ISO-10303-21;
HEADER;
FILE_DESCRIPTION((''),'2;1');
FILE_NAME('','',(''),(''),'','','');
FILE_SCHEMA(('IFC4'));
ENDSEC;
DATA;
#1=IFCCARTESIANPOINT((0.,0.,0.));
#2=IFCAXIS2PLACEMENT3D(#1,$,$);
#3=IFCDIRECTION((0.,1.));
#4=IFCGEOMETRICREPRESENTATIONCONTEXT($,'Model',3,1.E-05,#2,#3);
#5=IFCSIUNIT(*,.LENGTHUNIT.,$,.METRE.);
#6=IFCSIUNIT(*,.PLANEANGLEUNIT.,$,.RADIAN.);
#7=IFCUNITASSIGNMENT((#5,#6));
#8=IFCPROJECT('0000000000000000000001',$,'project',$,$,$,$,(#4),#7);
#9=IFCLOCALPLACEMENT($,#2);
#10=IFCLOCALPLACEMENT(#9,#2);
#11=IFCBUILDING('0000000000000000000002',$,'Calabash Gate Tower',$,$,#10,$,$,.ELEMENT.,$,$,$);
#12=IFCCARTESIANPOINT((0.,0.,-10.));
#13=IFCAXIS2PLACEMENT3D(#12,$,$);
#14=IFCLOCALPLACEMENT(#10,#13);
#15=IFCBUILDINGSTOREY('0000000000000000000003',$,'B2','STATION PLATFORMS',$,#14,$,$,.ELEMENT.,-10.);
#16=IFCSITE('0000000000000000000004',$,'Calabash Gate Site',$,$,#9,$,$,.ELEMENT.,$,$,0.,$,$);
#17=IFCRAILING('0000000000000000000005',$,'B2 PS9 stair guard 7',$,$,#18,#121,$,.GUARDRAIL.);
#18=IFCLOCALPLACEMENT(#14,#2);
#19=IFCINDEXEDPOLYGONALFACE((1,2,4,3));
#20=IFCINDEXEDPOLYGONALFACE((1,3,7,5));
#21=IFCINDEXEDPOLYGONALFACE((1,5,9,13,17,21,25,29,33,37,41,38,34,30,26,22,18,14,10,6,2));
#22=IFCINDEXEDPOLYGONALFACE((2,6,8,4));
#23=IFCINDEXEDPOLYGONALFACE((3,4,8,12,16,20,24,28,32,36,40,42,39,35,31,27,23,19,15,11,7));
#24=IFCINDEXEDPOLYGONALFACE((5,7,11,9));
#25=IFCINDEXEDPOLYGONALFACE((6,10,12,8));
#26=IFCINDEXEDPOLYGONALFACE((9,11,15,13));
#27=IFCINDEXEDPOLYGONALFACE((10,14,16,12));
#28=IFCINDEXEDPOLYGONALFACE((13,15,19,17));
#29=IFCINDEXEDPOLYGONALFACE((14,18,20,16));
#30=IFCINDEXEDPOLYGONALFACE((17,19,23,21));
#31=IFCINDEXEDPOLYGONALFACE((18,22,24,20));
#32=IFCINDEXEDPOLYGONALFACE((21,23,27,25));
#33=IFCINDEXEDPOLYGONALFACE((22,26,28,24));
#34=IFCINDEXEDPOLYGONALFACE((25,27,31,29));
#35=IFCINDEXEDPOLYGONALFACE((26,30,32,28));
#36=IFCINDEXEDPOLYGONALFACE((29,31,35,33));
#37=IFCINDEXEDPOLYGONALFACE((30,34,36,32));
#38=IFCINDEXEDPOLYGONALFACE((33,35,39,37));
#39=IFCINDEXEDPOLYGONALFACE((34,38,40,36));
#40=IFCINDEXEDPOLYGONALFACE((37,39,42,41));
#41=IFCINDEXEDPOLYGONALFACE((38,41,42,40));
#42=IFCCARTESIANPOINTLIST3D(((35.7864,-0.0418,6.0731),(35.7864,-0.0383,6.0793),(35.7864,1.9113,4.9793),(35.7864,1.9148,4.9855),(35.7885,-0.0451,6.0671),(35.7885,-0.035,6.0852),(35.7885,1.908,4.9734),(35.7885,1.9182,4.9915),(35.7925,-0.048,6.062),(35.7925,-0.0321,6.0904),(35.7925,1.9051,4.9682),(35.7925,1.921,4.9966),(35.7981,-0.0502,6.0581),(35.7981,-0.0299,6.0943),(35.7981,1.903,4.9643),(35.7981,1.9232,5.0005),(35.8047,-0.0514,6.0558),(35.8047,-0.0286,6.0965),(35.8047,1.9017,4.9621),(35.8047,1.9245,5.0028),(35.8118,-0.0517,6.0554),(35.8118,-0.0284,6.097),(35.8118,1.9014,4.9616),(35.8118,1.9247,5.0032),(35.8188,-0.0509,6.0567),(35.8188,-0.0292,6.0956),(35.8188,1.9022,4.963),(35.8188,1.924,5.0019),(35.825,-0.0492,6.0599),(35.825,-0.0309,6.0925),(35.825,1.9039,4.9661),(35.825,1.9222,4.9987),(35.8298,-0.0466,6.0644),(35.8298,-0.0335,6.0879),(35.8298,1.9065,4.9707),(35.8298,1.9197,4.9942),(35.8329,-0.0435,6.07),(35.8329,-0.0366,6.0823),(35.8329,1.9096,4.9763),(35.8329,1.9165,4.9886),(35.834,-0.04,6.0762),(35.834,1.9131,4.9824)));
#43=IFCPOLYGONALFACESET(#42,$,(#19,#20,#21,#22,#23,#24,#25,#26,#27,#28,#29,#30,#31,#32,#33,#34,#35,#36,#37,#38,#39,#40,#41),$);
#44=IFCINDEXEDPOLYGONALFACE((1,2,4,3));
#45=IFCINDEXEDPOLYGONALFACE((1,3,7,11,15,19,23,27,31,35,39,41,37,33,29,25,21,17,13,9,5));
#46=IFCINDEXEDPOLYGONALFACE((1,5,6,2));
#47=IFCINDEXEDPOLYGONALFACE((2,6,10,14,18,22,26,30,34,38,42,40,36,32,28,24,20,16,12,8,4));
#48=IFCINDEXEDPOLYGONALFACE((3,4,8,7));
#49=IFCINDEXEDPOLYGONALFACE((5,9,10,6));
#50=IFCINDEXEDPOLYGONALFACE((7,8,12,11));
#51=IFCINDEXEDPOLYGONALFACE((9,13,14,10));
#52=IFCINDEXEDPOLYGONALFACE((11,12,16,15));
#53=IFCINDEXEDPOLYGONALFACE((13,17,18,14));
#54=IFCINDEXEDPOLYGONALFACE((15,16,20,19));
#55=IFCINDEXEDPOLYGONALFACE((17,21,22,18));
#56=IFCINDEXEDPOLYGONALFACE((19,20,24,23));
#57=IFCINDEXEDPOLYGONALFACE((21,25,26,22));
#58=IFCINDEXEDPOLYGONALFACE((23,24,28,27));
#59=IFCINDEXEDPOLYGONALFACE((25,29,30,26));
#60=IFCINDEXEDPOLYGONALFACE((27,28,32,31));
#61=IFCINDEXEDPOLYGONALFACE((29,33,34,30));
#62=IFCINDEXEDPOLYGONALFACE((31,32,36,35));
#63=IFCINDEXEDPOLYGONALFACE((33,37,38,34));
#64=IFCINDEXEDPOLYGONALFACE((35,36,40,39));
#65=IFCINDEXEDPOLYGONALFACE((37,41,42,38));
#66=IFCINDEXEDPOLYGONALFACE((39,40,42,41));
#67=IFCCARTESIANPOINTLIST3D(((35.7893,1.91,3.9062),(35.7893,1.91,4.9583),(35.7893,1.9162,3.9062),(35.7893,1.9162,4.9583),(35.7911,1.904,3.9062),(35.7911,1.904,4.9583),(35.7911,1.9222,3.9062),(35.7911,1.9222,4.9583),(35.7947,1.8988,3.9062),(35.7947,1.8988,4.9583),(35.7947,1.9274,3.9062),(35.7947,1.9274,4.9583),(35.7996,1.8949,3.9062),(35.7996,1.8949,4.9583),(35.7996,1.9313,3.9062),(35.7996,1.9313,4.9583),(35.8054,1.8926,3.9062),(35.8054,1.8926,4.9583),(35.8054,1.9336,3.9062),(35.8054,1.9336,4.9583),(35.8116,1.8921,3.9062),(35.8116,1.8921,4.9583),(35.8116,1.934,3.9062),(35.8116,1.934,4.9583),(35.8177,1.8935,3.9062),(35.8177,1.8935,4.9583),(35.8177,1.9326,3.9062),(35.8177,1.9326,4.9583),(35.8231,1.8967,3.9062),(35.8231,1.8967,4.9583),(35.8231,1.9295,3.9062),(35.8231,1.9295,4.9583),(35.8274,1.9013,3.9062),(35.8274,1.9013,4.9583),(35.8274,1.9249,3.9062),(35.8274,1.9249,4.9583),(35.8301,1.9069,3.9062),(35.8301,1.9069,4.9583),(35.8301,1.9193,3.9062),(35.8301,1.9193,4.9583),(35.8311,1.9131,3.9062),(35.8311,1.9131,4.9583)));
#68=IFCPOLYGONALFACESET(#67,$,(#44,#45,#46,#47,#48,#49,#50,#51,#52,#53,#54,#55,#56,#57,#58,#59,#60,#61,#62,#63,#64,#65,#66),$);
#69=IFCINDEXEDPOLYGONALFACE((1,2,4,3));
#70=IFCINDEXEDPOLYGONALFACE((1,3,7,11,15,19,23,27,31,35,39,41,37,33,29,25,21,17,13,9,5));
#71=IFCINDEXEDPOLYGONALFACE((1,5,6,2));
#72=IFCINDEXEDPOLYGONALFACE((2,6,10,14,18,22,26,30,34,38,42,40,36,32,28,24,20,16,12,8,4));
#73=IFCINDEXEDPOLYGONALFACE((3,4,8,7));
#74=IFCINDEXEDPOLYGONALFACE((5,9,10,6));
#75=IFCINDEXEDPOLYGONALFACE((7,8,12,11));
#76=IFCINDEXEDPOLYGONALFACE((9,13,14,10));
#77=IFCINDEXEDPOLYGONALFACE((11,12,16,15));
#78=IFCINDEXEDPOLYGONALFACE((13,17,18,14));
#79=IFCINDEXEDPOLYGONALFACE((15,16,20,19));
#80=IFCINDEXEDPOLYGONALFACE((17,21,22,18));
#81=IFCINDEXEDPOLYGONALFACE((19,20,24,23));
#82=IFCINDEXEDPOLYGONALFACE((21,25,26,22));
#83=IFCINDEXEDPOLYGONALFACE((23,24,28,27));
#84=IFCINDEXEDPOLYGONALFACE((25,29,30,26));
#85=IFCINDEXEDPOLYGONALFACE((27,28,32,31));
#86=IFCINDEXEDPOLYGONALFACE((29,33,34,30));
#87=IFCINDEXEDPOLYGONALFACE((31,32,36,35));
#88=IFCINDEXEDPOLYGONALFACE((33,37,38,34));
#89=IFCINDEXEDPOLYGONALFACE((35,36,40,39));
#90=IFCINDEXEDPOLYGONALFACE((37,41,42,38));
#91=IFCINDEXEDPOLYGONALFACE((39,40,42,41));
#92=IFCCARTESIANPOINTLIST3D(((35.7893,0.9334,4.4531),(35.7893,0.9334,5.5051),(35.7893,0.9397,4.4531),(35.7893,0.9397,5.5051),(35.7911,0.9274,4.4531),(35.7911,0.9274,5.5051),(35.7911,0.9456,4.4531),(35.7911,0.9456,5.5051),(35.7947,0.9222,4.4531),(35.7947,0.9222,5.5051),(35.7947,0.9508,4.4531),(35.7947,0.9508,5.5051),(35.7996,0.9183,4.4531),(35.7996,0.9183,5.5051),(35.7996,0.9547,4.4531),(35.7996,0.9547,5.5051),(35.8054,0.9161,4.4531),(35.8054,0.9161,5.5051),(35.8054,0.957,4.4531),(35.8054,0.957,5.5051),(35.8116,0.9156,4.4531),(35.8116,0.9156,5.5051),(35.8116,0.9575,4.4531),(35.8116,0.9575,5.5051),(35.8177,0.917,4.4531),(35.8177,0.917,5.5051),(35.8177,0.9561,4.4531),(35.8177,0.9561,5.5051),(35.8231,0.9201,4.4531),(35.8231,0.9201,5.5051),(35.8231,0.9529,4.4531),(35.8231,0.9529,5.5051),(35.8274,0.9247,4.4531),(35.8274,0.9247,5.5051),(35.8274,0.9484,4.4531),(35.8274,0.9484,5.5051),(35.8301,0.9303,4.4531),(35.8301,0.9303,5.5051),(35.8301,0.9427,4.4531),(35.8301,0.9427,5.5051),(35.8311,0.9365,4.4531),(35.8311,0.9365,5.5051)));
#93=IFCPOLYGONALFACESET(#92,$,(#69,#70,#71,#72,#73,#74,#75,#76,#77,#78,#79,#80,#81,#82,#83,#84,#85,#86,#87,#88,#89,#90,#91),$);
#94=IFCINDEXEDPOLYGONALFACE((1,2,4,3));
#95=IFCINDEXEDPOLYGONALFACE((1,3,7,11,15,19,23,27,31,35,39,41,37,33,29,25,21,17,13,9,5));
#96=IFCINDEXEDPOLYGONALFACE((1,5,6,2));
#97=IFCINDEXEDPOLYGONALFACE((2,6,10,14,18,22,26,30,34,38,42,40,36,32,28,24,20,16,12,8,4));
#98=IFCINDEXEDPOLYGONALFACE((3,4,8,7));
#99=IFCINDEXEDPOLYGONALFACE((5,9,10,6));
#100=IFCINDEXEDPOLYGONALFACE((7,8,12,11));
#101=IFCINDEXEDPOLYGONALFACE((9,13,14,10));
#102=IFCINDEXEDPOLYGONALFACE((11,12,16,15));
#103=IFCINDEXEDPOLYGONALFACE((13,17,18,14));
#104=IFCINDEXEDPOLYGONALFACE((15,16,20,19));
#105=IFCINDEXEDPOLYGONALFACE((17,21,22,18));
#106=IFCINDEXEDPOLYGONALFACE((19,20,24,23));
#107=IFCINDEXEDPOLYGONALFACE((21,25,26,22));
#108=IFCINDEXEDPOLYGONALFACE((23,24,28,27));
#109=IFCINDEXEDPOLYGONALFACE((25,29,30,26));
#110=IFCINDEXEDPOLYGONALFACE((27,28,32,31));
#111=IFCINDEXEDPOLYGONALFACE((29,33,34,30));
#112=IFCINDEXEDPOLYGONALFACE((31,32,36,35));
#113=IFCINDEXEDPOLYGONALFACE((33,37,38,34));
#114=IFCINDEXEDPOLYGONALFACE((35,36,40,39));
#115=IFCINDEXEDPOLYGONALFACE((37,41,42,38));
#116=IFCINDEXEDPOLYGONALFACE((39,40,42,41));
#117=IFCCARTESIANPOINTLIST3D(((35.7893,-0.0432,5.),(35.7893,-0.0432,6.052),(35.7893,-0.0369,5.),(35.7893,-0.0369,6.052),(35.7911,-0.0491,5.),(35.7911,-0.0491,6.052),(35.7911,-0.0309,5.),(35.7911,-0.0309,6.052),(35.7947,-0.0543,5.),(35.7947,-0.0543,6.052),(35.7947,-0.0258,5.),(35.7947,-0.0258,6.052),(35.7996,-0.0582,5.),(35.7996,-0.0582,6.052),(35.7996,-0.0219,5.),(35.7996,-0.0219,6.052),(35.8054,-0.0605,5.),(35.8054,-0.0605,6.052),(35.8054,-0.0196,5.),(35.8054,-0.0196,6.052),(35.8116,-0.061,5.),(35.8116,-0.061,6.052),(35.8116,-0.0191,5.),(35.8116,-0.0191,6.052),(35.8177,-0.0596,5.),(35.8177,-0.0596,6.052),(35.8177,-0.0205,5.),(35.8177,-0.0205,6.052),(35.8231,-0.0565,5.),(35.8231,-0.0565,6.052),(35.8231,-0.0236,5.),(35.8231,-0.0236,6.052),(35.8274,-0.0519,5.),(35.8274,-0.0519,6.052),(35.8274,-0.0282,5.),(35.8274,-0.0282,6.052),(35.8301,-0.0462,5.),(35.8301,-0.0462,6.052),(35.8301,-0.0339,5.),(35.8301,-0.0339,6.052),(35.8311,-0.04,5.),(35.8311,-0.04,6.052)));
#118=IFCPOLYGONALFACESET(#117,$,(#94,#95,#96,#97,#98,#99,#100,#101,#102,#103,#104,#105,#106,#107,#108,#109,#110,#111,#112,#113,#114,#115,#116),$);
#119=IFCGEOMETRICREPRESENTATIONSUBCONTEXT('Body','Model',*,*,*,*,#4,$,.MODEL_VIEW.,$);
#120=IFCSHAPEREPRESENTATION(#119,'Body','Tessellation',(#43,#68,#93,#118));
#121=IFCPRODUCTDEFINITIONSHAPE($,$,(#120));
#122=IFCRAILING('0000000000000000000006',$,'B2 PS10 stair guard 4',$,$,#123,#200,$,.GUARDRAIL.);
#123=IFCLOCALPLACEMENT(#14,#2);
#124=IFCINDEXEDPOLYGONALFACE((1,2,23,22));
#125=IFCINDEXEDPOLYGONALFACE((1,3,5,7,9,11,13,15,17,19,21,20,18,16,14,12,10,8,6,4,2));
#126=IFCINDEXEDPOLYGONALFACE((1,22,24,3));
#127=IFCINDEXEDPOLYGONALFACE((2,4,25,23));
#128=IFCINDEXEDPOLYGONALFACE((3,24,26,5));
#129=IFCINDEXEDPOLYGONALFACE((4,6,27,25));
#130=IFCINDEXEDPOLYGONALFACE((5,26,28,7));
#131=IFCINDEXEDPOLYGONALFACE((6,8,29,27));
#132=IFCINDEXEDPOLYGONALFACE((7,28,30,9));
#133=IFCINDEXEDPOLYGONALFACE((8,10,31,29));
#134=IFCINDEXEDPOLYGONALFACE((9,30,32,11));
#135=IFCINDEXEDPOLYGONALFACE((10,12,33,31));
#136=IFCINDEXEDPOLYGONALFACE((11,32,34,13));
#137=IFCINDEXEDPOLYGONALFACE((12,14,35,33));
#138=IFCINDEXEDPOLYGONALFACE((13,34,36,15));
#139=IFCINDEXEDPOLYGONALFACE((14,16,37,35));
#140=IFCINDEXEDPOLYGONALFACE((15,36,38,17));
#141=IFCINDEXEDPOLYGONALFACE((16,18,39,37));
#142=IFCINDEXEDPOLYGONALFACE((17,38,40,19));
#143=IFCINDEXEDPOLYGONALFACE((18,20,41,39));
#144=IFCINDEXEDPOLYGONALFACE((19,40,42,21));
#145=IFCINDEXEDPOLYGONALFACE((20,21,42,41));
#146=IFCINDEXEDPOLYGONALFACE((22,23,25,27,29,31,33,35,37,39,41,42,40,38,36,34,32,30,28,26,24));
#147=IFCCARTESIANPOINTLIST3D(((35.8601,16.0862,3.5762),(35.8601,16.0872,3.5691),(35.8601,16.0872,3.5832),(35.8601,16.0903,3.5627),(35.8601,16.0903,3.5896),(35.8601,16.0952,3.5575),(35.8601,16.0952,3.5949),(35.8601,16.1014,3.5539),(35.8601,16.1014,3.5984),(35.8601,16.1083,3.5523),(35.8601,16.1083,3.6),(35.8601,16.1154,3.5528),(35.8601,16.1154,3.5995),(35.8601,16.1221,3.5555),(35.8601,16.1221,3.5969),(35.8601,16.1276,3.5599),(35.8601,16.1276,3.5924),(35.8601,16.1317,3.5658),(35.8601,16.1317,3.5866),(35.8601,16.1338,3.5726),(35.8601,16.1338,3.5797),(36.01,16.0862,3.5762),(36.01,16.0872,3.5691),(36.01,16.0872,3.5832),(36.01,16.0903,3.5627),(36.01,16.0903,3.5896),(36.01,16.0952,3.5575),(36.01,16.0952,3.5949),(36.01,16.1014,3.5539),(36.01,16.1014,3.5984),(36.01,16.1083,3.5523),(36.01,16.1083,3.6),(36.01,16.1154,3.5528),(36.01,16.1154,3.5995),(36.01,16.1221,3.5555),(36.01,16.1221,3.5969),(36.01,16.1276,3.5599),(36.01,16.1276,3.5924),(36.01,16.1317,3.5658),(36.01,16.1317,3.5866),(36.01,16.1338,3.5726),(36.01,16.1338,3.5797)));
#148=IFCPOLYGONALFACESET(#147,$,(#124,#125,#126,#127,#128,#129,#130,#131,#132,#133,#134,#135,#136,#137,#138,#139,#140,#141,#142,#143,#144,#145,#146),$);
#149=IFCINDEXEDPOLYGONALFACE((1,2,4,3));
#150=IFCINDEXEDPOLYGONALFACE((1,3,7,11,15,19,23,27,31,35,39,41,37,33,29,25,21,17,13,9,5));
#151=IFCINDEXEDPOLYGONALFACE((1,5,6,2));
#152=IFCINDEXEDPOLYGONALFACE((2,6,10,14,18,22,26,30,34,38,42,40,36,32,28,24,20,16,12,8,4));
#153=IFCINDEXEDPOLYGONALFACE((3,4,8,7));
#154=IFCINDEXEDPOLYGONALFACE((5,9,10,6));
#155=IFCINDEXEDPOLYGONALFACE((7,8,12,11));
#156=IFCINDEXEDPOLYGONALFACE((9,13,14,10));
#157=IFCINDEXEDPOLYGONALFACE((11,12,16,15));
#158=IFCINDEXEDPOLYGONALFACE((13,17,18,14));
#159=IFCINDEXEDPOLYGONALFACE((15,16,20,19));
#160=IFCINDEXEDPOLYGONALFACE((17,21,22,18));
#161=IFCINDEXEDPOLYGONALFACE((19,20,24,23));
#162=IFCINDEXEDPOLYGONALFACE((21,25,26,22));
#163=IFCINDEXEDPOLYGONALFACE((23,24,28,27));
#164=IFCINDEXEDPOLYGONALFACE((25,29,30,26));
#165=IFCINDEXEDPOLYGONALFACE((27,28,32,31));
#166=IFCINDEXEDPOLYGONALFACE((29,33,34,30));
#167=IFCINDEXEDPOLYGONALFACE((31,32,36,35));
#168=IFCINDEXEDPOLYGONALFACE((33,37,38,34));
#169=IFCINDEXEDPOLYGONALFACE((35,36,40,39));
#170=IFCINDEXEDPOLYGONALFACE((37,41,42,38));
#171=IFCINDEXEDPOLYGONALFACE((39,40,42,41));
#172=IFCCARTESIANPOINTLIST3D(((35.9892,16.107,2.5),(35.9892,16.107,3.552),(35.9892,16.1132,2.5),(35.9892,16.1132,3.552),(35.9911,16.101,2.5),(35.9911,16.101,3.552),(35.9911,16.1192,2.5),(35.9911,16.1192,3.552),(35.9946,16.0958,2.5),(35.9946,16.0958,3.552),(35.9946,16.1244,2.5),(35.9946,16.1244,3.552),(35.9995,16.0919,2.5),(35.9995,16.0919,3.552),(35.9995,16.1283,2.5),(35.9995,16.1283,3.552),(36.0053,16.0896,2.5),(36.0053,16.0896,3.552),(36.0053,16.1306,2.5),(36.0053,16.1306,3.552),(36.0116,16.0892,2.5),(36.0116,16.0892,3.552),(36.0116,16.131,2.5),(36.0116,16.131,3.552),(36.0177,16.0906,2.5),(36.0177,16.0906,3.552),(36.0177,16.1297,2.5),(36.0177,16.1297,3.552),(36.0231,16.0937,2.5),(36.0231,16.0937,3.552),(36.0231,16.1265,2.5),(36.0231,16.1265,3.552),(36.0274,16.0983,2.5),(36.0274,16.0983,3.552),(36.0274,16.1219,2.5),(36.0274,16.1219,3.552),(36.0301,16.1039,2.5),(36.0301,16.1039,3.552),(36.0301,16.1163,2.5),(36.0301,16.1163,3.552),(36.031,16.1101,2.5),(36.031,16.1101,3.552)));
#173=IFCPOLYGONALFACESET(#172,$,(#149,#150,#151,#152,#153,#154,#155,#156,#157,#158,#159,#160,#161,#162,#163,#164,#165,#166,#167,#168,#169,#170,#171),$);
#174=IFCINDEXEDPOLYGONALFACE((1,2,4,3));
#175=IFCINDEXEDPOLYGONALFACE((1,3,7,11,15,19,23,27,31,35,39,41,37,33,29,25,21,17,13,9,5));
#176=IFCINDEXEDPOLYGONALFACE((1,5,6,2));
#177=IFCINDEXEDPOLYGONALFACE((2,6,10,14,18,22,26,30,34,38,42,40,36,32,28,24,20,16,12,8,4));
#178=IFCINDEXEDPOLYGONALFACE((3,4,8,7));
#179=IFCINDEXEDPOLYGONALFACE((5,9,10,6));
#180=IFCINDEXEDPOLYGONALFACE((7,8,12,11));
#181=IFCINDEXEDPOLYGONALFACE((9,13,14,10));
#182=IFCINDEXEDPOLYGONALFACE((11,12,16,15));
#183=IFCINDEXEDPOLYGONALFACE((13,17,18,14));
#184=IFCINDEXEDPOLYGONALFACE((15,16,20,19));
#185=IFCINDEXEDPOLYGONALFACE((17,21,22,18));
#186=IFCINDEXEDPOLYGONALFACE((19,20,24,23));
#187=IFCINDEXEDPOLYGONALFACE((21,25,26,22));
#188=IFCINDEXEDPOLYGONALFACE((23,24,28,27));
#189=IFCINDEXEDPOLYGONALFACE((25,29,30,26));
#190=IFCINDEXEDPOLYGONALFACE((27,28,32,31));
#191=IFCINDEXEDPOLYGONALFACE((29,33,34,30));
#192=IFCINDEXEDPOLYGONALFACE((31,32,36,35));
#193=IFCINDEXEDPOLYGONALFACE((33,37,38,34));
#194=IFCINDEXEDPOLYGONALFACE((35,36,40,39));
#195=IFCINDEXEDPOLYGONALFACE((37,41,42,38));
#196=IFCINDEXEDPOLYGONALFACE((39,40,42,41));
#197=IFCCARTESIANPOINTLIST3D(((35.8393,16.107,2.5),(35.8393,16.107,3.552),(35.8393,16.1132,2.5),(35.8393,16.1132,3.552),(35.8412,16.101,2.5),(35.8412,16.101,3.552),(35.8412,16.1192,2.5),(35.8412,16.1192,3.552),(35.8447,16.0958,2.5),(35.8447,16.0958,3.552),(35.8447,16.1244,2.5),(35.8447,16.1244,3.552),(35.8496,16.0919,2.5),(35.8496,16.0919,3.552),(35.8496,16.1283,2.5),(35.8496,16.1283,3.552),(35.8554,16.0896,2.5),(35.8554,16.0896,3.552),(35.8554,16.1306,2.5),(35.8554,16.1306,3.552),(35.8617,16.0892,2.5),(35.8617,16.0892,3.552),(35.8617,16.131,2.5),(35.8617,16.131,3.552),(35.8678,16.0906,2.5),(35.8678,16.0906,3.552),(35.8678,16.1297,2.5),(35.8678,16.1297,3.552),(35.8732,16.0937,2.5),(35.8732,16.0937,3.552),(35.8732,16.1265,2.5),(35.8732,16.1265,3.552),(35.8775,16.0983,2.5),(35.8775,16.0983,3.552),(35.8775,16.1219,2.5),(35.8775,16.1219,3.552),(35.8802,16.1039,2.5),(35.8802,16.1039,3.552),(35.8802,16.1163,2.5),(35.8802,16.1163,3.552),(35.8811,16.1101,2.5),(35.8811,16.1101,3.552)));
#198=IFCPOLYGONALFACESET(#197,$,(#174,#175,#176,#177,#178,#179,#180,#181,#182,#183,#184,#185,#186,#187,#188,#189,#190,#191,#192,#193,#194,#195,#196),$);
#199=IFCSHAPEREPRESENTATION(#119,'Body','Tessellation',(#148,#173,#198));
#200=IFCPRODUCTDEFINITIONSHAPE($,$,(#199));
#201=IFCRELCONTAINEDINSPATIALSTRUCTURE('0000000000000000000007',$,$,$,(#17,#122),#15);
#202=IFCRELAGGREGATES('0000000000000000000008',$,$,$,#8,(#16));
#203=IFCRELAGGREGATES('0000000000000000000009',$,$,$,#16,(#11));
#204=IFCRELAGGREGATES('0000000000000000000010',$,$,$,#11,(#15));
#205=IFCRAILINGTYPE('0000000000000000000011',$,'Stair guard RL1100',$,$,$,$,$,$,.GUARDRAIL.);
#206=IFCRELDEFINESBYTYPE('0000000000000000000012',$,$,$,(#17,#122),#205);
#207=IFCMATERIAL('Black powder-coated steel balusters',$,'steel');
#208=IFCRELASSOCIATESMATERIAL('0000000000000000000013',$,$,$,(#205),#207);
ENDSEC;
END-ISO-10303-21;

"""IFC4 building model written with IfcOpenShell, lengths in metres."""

from ifc_helpers import new_model, si_unit, direction, frame, origin, origin_2d, place, context, subcontext, project, spatial, circle, extrude, material, type_object, element, save


model = new_model("IFC4")

# Units and contexts
model_context = context("Model", 3, precision=1e-05, world=origin(), true_north=direction((0.0, 1.0)))
body_context = subcontext(model_context, "Body", "Model", "MODEL_VIEW")
ifc_project = project(units=[si_unit("LENGTHUNIT", "METRE"), si_unit("PLANEANGLEUNIT", "RADIAN")], contexts=[model_context])

# Site, building, storey
site_placement = place(None, origin())
site = spatial("IfcSite", under=ifc_project, at=site_placement, Name="Calabash Gate Site", CompositionType="ELEMENT", RefElevation=0.0)
building_placement = place(site_placement, origin())
building = spatial("IfcBuilding", under=site, at=building_placement, Name="Calabash Gate Tower", CompositionType="ELEMENT")
storey_placement = place(building_placement, frame((0.0, 0.0, -10.0)))
storey = spatial("IfcBuildingStorey", under=building, at=storey_placement, Name="B2", Description="STATION PLATFORMS", CompositionType="ELEMENT", Elevation=-10.0)

# Railings
ifc_material_1 = material(Name="Black powder-coated steel balusters", Category="steel")
railing_type = type_object("IfcRailingType", Name="Stair guard RL1100", PredefinedType="GUARDRAIL", material=ifc_material_1)
railing_1_placement = place(storey_placement, frame((35.8101, 1.9131, 3.9062)))
element("IfcRailing", 1, at=railing_1_placement, inside=storey, type_object=railing_type, Name="B2 PS9 stair guard 7", PredefinedType="GUARDRAIL", context=body_context, shape_type="SweptSolid", body=[
    extrude(circle(Radius=0.0239, at=origin_2d()), frame((0.0, 0.0, 1.0762), z_axis=(0.0, -0.872506, 0.488603), x_axis=(1.0, 0.0, 0.0)), (0.0, 0.0, 1.0), 2.2385),
    extrude(circle(Radius=0.021, at=origin_2d()), origin(), (0.0, 0.0, 1.0), 1.052),
    extrude(circle(Radius=0.021, at=origin_2d()), frame((0.0, -0.9766, 0.5469)), (0.0, 0.0, 1.0), 1.052),
    extrude(circle(Radius=0.021, at=origin_2d()), frame((0.0, -1.9531, 1.0938)), (0.0, 0.0, 1.0), 1.052),
])
for number, where, name in (
    (2, (36.01, 16.1101, 2.5), "B2 PS10 stair guard 4"),
):
    element("IfcRailing", number, at=place(storey_placement, frame(where)), inside=storey, type_object=railing_type, Name=name, PredefinedType="GUARDRAIL", context=body_context, shape_type="SweptSolid", body=[
        extrude(circle(Radius=0.0239, at=origin_2d()), frame((0.0, 0.0, 1.0762), z_axis=(-1.0, 0.0, 0.0), x_axis=(0.0, -1.0, 0.0)), (0.0, 0.0, 1.0), 0.1499),
        extrude(circle(Radius=0.021, at=origin_2d()), origin(), (0.0, 0.0, 1.0), 1.052),
        extrude(circle(Radius=0.021, at=origin_2d()), frame((-0.1499, 0.0, 0.0)), (0.0, 0.0, 1.0), 1.052),
    ])

save(model, "model.ifc")
